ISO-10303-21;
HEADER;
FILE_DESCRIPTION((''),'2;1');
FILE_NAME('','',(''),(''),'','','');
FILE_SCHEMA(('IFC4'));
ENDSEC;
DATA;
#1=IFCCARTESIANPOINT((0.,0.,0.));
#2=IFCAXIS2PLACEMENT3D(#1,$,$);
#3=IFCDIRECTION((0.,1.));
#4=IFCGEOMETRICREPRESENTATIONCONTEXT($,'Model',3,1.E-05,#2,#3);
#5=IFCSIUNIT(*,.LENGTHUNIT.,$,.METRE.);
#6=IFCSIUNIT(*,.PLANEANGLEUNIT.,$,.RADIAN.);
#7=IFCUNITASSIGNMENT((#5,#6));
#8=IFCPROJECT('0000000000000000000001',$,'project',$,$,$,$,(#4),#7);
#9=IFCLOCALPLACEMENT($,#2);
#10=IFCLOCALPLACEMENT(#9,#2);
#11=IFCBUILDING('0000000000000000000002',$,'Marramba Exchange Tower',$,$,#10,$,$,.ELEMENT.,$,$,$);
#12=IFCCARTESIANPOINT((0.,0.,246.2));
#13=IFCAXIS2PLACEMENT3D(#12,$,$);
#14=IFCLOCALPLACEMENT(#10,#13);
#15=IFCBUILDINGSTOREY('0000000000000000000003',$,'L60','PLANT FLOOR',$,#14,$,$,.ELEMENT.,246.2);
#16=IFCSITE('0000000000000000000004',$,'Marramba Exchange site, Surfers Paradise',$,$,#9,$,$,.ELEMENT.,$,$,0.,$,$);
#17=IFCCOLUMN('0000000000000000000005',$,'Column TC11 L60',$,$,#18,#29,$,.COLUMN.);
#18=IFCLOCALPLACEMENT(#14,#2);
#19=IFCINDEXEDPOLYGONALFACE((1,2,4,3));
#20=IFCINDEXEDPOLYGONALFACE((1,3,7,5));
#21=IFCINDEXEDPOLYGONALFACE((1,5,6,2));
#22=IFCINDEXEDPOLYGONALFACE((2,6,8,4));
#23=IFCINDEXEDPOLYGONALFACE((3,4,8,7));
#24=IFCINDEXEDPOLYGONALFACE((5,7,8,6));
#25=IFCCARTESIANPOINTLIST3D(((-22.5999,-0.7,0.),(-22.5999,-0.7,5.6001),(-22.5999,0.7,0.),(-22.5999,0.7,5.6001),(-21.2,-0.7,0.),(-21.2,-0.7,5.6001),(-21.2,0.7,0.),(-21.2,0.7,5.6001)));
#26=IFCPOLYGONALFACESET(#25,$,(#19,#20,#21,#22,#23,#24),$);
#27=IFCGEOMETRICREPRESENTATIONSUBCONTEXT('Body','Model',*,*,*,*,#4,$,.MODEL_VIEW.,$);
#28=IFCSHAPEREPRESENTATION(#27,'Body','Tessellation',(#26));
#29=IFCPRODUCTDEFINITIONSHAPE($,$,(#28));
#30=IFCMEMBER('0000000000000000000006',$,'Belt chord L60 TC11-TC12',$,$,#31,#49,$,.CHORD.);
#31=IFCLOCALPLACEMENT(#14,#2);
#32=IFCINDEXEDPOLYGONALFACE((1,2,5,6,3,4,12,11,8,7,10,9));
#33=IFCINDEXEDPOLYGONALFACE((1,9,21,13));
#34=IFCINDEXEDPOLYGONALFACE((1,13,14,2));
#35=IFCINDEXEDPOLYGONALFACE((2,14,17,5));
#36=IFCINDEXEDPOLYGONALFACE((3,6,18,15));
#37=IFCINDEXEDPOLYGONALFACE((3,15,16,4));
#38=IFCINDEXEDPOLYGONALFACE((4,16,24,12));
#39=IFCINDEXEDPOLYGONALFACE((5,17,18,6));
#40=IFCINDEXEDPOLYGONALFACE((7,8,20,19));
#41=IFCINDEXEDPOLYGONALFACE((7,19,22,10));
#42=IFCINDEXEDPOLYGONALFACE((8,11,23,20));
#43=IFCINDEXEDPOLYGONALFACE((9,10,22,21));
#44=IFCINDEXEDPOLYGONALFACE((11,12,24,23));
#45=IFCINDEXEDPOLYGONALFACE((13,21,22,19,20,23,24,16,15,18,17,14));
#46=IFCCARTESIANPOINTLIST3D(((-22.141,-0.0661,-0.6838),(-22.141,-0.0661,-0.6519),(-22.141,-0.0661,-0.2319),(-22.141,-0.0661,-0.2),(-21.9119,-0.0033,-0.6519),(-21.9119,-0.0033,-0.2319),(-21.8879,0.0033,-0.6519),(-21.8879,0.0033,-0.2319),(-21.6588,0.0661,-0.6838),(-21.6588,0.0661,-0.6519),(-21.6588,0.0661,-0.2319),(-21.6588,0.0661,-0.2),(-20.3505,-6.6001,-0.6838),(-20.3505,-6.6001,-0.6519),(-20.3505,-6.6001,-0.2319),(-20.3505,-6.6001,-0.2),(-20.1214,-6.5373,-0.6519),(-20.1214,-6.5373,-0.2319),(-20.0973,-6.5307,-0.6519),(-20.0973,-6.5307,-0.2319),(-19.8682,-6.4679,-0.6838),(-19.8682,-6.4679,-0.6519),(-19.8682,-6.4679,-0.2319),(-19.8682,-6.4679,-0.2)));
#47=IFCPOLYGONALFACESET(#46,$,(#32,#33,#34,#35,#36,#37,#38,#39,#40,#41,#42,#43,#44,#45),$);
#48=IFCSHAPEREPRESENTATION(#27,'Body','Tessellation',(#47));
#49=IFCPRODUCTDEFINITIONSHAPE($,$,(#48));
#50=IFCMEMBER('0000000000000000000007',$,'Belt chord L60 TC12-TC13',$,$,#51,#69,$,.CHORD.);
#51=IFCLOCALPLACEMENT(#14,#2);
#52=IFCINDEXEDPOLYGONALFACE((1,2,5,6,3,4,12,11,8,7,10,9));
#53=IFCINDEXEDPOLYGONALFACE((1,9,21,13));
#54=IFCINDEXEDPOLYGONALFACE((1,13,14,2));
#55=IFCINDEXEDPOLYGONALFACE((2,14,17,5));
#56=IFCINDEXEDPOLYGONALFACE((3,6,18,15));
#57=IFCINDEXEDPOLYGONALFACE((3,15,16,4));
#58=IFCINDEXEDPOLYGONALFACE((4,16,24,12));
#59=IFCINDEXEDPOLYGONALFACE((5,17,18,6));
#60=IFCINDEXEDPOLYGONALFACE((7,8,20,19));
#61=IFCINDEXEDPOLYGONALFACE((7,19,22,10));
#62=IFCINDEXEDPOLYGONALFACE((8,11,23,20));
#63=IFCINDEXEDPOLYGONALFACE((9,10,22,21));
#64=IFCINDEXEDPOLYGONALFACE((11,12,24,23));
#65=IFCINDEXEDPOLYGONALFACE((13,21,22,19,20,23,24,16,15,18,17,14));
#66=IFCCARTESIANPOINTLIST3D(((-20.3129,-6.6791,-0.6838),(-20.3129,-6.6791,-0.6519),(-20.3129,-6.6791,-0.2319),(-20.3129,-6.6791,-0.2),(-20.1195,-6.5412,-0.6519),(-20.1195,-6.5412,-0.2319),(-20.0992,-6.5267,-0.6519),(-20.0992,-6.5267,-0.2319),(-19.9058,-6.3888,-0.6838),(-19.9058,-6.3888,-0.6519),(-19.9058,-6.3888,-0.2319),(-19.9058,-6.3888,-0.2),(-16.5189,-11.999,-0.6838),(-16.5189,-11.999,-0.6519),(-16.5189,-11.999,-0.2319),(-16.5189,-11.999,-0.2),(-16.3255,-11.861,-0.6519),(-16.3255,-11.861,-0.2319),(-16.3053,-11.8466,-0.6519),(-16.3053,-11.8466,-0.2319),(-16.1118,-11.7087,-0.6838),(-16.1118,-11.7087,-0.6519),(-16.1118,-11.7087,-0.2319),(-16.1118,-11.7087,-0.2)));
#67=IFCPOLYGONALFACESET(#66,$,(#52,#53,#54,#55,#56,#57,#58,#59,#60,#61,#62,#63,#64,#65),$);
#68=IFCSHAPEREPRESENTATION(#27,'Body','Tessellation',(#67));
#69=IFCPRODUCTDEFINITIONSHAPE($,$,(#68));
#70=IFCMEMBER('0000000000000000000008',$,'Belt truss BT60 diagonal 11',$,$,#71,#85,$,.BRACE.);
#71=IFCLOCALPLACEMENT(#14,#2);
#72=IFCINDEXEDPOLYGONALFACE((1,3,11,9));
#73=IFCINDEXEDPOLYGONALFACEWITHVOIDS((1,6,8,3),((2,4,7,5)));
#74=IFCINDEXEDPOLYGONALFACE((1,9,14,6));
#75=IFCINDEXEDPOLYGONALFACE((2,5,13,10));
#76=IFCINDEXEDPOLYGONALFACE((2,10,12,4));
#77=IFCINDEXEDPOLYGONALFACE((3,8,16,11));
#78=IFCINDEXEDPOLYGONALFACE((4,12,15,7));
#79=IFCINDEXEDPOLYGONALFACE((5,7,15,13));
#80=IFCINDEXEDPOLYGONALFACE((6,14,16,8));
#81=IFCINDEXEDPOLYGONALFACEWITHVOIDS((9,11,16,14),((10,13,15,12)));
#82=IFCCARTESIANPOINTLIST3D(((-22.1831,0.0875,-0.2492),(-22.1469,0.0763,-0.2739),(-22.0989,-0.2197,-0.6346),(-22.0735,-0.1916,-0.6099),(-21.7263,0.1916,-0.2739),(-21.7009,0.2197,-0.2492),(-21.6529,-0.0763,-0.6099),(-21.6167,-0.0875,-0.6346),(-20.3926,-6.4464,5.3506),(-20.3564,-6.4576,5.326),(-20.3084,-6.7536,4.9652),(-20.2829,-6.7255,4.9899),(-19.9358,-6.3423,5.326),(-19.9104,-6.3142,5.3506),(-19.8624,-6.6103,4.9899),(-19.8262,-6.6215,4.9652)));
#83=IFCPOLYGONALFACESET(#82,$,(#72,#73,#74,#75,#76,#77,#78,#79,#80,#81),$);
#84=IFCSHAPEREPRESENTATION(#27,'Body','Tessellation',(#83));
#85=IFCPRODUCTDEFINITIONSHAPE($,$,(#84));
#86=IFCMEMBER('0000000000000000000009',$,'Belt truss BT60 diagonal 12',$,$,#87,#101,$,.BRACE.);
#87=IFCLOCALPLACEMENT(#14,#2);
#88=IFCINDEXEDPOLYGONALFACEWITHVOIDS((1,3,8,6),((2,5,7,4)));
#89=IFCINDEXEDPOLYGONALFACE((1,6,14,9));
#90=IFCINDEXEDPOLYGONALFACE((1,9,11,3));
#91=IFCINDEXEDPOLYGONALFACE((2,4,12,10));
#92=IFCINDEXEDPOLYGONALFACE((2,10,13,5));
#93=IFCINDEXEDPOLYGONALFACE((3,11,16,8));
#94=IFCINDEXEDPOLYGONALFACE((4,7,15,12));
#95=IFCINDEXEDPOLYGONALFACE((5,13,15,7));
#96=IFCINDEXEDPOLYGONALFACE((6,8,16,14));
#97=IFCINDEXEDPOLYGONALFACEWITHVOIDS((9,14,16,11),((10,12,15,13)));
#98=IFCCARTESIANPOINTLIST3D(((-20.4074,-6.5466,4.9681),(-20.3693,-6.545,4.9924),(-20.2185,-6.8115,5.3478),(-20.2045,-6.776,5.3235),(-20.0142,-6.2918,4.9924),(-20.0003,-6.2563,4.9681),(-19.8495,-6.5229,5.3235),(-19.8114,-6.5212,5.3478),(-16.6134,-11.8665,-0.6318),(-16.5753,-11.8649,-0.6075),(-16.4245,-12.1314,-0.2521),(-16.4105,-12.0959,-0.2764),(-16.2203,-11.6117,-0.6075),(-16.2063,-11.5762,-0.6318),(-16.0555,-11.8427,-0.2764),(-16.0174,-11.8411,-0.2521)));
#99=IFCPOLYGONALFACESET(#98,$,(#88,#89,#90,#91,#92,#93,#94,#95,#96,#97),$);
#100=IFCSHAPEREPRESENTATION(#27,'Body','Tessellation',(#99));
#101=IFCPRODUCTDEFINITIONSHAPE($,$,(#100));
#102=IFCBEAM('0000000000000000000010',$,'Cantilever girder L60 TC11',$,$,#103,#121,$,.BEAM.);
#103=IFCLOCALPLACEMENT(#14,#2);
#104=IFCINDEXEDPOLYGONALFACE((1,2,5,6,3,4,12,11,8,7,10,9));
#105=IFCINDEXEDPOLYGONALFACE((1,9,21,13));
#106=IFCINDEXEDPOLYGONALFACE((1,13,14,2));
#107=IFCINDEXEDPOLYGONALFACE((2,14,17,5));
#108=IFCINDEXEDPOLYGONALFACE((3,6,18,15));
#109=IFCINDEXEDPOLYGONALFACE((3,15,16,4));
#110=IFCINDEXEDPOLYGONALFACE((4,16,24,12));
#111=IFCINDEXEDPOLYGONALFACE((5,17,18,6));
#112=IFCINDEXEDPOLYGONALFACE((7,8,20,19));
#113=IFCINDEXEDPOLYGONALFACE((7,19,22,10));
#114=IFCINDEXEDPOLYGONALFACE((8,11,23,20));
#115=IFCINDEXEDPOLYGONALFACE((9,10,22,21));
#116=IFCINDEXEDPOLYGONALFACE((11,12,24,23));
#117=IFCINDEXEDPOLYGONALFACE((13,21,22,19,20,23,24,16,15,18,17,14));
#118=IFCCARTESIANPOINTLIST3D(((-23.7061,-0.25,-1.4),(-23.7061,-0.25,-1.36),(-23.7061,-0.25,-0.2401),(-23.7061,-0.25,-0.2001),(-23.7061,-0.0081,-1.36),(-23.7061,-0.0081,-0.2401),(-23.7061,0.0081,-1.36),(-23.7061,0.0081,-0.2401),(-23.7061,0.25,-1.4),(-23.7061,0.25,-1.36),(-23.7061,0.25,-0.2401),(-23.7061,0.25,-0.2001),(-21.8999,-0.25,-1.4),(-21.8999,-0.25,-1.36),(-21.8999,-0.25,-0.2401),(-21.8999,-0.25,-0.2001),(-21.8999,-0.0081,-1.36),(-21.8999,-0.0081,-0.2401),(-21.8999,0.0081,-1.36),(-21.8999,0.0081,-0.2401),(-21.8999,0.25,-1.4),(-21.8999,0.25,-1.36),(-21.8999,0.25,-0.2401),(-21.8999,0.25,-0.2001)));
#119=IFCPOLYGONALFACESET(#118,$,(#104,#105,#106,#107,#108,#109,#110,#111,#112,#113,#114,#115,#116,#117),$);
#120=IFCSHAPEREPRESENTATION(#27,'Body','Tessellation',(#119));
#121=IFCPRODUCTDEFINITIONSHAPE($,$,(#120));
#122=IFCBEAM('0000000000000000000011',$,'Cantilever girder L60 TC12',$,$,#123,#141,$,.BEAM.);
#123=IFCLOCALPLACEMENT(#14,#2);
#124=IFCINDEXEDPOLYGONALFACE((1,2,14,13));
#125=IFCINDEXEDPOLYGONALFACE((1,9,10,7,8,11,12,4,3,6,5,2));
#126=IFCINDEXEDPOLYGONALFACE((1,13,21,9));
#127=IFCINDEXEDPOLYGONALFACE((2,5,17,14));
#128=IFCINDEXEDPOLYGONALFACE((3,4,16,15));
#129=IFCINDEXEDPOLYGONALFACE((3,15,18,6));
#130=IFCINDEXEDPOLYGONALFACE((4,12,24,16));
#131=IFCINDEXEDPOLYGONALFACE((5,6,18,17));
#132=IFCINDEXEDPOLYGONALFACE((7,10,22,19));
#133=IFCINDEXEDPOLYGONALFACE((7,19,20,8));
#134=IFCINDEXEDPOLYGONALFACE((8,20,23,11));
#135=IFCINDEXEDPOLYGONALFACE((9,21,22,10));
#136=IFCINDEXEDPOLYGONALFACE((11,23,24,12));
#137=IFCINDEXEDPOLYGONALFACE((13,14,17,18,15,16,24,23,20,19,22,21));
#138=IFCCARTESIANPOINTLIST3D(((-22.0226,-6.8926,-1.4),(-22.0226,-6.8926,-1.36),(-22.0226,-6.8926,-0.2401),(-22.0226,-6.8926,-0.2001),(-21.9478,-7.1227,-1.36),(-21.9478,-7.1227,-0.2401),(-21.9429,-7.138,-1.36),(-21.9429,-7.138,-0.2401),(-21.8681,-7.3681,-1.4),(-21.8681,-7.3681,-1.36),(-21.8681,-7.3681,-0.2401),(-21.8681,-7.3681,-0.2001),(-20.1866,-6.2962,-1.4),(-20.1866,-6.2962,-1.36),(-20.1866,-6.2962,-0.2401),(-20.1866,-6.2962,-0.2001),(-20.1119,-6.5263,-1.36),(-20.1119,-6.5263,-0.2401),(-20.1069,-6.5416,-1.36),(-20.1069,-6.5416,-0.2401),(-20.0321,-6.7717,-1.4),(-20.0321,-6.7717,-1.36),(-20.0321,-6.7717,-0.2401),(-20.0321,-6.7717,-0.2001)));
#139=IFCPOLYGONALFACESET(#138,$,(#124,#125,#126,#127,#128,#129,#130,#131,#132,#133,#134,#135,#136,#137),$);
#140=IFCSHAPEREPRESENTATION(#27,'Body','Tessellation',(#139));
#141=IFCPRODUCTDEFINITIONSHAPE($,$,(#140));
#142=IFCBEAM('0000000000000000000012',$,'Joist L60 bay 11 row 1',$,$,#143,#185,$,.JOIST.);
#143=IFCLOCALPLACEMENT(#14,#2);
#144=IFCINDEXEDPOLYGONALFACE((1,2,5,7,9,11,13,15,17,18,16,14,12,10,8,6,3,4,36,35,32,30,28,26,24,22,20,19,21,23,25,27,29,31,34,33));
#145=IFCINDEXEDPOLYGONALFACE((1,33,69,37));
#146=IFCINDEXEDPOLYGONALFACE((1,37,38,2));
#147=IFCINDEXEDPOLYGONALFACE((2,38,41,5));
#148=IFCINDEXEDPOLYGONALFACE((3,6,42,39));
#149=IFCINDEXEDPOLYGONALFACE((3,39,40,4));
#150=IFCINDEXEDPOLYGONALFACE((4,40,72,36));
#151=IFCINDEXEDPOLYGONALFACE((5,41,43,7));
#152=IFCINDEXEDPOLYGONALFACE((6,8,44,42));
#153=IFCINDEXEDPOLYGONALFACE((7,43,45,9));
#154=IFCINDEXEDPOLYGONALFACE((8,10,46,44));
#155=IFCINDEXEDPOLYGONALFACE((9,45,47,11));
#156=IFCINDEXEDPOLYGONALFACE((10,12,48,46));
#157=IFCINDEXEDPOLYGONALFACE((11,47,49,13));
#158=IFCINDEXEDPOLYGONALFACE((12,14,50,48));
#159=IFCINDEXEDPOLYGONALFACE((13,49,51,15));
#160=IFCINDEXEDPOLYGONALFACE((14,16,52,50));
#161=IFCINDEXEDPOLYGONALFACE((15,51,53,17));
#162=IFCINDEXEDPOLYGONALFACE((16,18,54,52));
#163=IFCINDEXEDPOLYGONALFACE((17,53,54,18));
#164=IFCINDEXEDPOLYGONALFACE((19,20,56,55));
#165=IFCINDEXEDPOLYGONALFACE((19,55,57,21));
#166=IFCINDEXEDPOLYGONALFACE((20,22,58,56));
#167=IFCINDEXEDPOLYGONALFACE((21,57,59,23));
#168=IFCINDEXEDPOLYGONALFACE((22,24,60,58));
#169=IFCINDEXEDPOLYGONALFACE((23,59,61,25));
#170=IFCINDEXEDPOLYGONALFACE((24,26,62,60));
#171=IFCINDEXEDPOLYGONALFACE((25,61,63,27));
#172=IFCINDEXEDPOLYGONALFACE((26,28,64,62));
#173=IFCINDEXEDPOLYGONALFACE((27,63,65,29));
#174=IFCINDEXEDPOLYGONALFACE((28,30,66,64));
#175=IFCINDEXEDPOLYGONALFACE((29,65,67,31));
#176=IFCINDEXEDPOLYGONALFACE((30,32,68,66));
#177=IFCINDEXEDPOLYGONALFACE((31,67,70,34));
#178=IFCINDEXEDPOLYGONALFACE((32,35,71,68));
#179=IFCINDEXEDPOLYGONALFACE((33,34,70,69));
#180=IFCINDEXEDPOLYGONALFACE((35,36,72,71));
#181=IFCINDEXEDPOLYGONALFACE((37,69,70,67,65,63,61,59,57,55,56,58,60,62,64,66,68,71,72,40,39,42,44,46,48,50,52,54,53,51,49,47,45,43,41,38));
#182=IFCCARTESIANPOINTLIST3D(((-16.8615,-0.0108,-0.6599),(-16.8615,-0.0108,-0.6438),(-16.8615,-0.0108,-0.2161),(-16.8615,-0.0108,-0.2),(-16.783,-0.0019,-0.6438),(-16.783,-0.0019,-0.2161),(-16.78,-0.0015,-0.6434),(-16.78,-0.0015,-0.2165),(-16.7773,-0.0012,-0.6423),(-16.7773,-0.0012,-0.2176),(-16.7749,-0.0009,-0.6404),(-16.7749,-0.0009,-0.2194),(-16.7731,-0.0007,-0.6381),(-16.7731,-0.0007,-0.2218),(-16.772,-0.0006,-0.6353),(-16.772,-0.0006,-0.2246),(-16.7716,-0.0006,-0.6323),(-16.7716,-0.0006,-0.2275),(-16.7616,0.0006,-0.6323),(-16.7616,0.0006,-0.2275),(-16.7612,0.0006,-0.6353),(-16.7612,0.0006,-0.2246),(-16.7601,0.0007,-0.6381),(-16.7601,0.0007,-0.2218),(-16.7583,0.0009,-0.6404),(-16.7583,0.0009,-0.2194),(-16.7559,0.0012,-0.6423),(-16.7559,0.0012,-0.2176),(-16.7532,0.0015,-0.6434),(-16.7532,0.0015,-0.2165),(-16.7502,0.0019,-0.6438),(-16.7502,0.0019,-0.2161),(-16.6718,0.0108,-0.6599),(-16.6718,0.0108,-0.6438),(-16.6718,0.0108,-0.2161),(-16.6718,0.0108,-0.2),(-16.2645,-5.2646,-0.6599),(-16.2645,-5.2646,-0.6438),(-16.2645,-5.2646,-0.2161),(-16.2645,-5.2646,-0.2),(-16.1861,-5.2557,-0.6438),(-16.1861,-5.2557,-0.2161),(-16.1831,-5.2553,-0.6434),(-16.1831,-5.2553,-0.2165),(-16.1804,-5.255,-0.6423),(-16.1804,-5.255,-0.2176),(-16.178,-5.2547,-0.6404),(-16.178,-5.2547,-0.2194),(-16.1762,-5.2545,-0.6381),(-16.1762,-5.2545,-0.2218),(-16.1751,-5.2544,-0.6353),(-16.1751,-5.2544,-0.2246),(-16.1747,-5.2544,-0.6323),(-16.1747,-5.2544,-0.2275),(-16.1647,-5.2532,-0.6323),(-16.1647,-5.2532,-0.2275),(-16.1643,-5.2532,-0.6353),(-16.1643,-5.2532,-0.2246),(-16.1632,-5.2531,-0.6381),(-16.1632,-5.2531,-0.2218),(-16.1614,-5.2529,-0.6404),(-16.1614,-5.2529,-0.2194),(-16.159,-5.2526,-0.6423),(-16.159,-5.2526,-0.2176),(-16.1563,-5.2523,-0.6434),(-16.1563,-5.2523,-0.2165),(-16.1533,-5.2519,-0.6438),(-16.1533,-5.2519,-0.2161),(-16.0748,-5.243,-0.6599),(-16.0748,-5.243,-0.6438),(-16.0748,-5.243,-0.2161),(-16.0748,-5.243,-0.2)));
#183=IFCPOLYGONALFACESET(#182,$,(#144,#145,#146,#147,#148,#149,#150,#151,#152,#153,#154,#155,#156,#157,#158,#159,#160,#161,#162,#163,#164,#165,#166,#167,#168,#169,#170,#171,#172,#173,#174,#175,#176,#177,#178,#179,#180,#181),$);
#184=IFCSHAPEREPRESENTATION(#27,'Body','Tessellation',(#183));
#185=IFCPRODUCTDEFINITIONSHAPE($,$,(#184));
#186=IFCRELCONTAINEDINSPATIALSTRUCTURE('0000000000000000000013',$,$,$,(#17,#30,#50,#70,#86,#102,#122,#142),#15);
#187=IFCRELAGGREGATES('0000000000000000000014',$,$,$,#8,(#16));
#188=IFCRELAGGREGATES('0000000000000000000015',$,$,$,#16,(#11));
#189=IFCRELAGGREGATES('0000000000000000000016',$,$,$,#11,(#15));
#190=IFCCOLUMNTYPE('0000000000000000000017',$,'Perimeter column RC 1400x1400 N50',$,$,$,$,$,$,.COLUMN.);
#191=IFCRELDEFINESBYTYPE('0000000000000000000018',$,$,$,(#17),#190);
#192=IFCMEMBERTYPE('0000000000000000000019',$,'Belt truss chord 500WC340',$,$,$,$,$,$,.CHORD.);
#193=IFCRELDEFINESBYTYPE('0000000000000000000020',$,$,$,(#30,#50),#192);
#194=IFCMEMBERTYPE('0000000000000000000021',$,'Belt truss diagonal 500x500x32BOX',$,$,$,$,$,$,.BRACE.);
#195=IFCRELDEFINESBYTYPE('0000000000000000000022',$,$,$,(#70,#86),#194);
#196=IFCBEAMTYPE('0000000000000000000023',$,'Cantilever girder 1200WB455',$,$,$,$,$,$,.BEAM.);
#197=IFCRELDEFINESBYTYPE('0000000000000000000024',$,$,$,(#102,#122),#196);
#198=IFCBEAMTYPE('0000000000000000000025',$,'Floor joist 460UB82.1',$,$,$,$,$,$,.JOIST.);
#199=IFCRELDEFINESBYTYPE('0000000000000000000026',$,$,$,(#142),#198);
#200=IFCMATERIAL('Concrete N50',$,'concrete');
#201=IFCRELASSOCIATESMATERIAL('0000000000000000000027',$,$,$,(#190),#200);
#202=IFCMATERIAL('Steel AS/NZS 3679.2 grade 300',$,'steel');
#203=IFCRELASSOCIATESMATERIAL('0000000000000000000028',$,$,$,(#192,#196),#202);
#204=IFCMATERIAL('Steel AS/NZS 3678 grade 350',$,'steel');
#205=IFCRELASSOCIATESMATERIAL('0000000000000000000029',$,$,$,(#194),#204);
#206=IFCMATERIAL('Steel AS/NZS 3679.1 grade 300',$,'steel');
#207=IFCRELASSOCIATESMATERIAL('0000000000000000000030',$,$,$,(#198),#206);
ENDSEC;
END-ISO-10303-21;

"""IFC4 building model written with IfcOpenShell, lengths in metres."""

from ifc_helpers import new_model, si_unit, direction, frame, origin, origin_2d, place, context, subcontext, project, spatial, rectangle, hollow_rectangle, i_section, extrude, material, material_profile, profile_set, type_object, element, save


model = new_model("IFC4")

# Units and contexts
model_context = context("Model", 3, precision=1e-05, world=origin(), true_north=direction((0.0, 1.0)))
body_context = subcontext(model_context, "Body", "Model", "MODEL_VIEW")
ifc_project = project(units=[si_unit("LENGTHUNIT", "METRE"), si_unit("PLANEANGLEUNIT", "RADIAN")], contexts=[model_context])

# Site, building, storey
site_placement = place(None, origin())
site = spatial("IfcSite", under=ifc_project, at=site_placement, Name="Marramba Exchange site, Surfers Paradise", CompositionType="ELEMENT", RefElevation=0.0)
building_placement = place(site_placement, origin())
building = spatial("IfcBuilding", under=site, at=building_placement, Name="Marramba Exchange Tower", CompositionType="ELEMENT")
storey_placement = place(building_placement, frame((0.0, 0.0, 246.2)))
storey = spatial("IfcBuildingStorey", under=building, at=storey_placement, Name="L60", Description="PLANT FLOOR", CompositionType="ELEMENT", Elevation=246.2)

# Column
ifc_material_1 = material(Name="Concrete N50", Category="concrete")
ifc_material_profile_1 = material_profile(ifc_material_1, rectangle(XDim=1.3999, YDim=1.3999, at=origin_2d()), Name="RC 1400x1400")
ifc_profile_set_1 = profile_set([ifc_material_profile_1], Name="Concrete N50")
column_type = type_object("IfcColumnType", Name="Perimeter column RC 1400x1400 N50", PredefinedType="COLUMN", material=ifc_profile_set_1)
column_placement = place(storey_placement, frame((-21.8999, 0.0, 0.0), z_axis=(0.0, 0.0, 1.0), x_axis=(-1.0, 0.0, 0.0)))
element("IfcColumn", 1, at=column_placement, inside=storey, type_object=column_type, Name="Column TC11 L60", PredefinedType="COLUMN", context=body_context, shape_type="SweptSolid", body=[
    extrude(rectangle(XDim=1.3999, YDim=1.3999, at=origin_2d()), origin(), (0.0, 0.0, 1.0), 5.6001),
])

# Members
ifc_material_2 = material(Name="Steel AS/NZS 3679.2 grade 300", Category="steel")
ifc_material_profile_2 = material_profile(ifc_material_2, i_section(OverallWidth=0.5, OverallDepth=0.4839, WebThickness=0.0249, FlangeThickness=0.032, at=origin_2d()), Name="500WC340")
ifc_profile_set_2 = profile_set([ifc_material_profile_2], Name="Steel AS/NZS 3679.2 grade 300")
member_type_1 = type_object("IfcMemberType", Name="Belt truss chord 500WC340", PredefinedType="CHORD", material=ifc_profile_set_2)
member_1_placement = place(storey_placement, frame((-21.8999, 0.0, -0.4419), z_axis=(0.264291, -0.964443, 0.0), x_axis=(0.964443, 0.264291, 0.0)))
element("IfcMember", 2, at=member_1_placement, inside=storey, type_object=member_type_1, Name="Belt chord L60 TC11-TC12", PredefinedType="CHORD", context=body_context, shape_type="SweptSolid", body=[
    extrude(i_section(OverallWidth=0.5, OverallDepth=0.4839, WebThickness=0.0249, FlangeThickness=0.032, at=origin_2d()), origin(), (0.0, 0.0, 1.0), 6.7749),
])
member_2_placement = place(storey_placement, frame((-20.1094, -6.5339, -0.4419), z_axis=(0.580637, -0.814162, 0.0), x_axis=(0.814162, 0.580637, 0.0)))
element("IfcMember", 3, at=member_2_placement, inside=storey, type_object=member_type_1, Name="Belt chord L60 TC12-TC13", PredefinedType="CHORD", context=body_context, shape_type="SweptSolid", body=[
    extrude(i_section(OverallWidth=0.5, OverallDepth=0.4839, WebThickness=0.0249, FlangeThickness=0.032, at=origin_2d()), origin(), (0.0, 0.0, 1.0), 6.5342),
])
ifc_material_3 = material(Name="Steel AS/NZS 3678 grade 350", Category="steel")
ifc_material_profile_3 = material_profile(ifc_material_3, hollow_rectangle(XDim=0.5, YDim=0.5, WallThickness=0.032, at=origin_2d()), Name="500x500x32BOX")
ifc_profile_set_3 = profile_set([ifc_material_profile_3], Name="Steel AS/NZS 3678 grade 350")
member_type_2 = type_object("IfcMemberType", Name="Belt truss diagonal 500x500x32BOX", PredefinedType="BRACE", material=ifc_profile_set_3)
member_3_placement = place(storey_placement, frame((-21.8999, 0.0, -0.4419), z_axis=(0.20371, -0.743373, 0.637102), x_axis=(0.964443, 0.264291, 0.0)))
element("IfcMember", 4, at=member_3_placement, inside=storey, type_object=member_type_2, Name="Belt truss BT60 diagonal 11", PredefinedType="BRACE", context=body_context, shape_type="SweptSolid", body=[
    extrude(hollow_rectangle(XDim=0.5, YDim=0.5, WallThickness=0.032, at=origin_2d()), origin(), (0.0, 0.0, 1.0), 8.7896),
])
member_4_placement = place(storey_placement, frame((-20.1094, -6.5339, 5.158), z_axis=(0.44088, -0.618196, -0.650737), x_axis=(0.814162, 0.580637, 0.0)))
element("IfcMember", 5, at=member_4_placement, inside=storey, type_object=member_type_2, Name="Belt truss BT60 diagonal 12", PredefinedType="BRACE", context=body_context, shape_type="SweptSolid", body=[
    extrude(hollow_rectangle(XDim=0.5, YDim=0.5, WallThickness=0.032, at=origin_2d()), origin(), (0.0, 0.0, 1.0), 8.6055),
])

# Beams
ifc_material_profile_4 = material_profile(ifc_material_2, i_section(OverallWidth=0.5, OverallDepth=1.2, WebThickness=0.0161, FlangeThickness=0.04, at=origin_2d()), Name="1200WB455")
ifc_profile_set_4 = profile_set([ifc_material_profile_4], Name="Steel AS/NZS 3679.2 grade 300")
beam_type_1 = type_object("IfcBeamType", Name="Cantilever girder 1200WB455", PredefinedType="BEAM", material=ifc_profile_set_4)
beam_1_placement = place(storey_placement, frame((-21.8999, 0.0, -0.8), z_axis=(-1.0, 0.0, 0.0), x_axis=(0.0, -1.0, 0.0)))
element("IfcBeam", 6, at=beam_1_placement, inside=storey, type_object=beam_type_1, Name="Cantilever girder L60 TC11", PredefinedType="BEAM", context=body_context, shape_type="SweptSolid", body=[
    extrude(i_section(OverallWidth=0.5, OverallDepth=1.2, WebThickness=0.0161, FlangeThickness=0.04, at=origin_2d()), origin(), (0.0, 0.0, 1.0), 1.8062),
])
beam_2_placement = place(storey_placement, frame((-20.1094, -6.5339, -0.8), z_axis=(-0.951071, -0.308972, 0.0), x_axis=(0.308972, -0.951071, 0.0)))
element("IfcBeam", 7, at=beam_2_placement, inside=storey, type_object=beam_type_1, Name="Cantilever girder L60 TC12", PredefinedType="BEAM", context=body_context, shape_type="SweptSolid", body=[
    extrude(i_section(OverallWidth=0.5, OverallDepth=1.2, WebThickness=0.0161, FlangeThickness=0.04, at=origin_2d()), origin(), (0.0, 0.0, 1.0), 1.9304),
])
ifc_material_4 = material(Name="Steel AS/NZS 3679.1 grade 300", Category="steel")
ifc_material_profile_5 = material_profile(ifc_material_4, i_section(OverallWidth=0.1909, OverallDepth=0.46, WebThickness=0.01, FlangeThickness=0.0161, FilletRadius=0.0115, at=origin_2d()), Name="460UB82.1")
ifc_profile_set_5 = profile_set([ifc_material_profile_5], Name="Steel AS/NZS 3679.1 grade 300")
beam_type_2 = type_object("IfcBeamType", Name="Floor joist 460UB82.1", PredefinedType="JOIST", material=ifc_profile_set_5)
beam_3_placement = place(storey_placement, frame((-16.7666, 0.0, -0.4299), z_axis=(0.112889, -0.993608, 0.0), x_axis=(0.993608, 0.112889, 0.0)))
element("IfcBeam", 8, at=beam_3_placement, inside=storey, type_object=beam_type_2, Name="Joist L60 bay 11 row 1", PredefinedType="JOIST", context=body_context, shape_type="SweptSolid", body=[
    extrude(i_section(OverallWidth=0.1909, OverallDepth=0.46, WebThickness=0.01, FlangeThickness=0.0161, FilletRadius=0.0115, at=origin_2d()), origin(), (0.0, 0.0, 1.0), 5.2876),
])

save(model, "model.ifc")
